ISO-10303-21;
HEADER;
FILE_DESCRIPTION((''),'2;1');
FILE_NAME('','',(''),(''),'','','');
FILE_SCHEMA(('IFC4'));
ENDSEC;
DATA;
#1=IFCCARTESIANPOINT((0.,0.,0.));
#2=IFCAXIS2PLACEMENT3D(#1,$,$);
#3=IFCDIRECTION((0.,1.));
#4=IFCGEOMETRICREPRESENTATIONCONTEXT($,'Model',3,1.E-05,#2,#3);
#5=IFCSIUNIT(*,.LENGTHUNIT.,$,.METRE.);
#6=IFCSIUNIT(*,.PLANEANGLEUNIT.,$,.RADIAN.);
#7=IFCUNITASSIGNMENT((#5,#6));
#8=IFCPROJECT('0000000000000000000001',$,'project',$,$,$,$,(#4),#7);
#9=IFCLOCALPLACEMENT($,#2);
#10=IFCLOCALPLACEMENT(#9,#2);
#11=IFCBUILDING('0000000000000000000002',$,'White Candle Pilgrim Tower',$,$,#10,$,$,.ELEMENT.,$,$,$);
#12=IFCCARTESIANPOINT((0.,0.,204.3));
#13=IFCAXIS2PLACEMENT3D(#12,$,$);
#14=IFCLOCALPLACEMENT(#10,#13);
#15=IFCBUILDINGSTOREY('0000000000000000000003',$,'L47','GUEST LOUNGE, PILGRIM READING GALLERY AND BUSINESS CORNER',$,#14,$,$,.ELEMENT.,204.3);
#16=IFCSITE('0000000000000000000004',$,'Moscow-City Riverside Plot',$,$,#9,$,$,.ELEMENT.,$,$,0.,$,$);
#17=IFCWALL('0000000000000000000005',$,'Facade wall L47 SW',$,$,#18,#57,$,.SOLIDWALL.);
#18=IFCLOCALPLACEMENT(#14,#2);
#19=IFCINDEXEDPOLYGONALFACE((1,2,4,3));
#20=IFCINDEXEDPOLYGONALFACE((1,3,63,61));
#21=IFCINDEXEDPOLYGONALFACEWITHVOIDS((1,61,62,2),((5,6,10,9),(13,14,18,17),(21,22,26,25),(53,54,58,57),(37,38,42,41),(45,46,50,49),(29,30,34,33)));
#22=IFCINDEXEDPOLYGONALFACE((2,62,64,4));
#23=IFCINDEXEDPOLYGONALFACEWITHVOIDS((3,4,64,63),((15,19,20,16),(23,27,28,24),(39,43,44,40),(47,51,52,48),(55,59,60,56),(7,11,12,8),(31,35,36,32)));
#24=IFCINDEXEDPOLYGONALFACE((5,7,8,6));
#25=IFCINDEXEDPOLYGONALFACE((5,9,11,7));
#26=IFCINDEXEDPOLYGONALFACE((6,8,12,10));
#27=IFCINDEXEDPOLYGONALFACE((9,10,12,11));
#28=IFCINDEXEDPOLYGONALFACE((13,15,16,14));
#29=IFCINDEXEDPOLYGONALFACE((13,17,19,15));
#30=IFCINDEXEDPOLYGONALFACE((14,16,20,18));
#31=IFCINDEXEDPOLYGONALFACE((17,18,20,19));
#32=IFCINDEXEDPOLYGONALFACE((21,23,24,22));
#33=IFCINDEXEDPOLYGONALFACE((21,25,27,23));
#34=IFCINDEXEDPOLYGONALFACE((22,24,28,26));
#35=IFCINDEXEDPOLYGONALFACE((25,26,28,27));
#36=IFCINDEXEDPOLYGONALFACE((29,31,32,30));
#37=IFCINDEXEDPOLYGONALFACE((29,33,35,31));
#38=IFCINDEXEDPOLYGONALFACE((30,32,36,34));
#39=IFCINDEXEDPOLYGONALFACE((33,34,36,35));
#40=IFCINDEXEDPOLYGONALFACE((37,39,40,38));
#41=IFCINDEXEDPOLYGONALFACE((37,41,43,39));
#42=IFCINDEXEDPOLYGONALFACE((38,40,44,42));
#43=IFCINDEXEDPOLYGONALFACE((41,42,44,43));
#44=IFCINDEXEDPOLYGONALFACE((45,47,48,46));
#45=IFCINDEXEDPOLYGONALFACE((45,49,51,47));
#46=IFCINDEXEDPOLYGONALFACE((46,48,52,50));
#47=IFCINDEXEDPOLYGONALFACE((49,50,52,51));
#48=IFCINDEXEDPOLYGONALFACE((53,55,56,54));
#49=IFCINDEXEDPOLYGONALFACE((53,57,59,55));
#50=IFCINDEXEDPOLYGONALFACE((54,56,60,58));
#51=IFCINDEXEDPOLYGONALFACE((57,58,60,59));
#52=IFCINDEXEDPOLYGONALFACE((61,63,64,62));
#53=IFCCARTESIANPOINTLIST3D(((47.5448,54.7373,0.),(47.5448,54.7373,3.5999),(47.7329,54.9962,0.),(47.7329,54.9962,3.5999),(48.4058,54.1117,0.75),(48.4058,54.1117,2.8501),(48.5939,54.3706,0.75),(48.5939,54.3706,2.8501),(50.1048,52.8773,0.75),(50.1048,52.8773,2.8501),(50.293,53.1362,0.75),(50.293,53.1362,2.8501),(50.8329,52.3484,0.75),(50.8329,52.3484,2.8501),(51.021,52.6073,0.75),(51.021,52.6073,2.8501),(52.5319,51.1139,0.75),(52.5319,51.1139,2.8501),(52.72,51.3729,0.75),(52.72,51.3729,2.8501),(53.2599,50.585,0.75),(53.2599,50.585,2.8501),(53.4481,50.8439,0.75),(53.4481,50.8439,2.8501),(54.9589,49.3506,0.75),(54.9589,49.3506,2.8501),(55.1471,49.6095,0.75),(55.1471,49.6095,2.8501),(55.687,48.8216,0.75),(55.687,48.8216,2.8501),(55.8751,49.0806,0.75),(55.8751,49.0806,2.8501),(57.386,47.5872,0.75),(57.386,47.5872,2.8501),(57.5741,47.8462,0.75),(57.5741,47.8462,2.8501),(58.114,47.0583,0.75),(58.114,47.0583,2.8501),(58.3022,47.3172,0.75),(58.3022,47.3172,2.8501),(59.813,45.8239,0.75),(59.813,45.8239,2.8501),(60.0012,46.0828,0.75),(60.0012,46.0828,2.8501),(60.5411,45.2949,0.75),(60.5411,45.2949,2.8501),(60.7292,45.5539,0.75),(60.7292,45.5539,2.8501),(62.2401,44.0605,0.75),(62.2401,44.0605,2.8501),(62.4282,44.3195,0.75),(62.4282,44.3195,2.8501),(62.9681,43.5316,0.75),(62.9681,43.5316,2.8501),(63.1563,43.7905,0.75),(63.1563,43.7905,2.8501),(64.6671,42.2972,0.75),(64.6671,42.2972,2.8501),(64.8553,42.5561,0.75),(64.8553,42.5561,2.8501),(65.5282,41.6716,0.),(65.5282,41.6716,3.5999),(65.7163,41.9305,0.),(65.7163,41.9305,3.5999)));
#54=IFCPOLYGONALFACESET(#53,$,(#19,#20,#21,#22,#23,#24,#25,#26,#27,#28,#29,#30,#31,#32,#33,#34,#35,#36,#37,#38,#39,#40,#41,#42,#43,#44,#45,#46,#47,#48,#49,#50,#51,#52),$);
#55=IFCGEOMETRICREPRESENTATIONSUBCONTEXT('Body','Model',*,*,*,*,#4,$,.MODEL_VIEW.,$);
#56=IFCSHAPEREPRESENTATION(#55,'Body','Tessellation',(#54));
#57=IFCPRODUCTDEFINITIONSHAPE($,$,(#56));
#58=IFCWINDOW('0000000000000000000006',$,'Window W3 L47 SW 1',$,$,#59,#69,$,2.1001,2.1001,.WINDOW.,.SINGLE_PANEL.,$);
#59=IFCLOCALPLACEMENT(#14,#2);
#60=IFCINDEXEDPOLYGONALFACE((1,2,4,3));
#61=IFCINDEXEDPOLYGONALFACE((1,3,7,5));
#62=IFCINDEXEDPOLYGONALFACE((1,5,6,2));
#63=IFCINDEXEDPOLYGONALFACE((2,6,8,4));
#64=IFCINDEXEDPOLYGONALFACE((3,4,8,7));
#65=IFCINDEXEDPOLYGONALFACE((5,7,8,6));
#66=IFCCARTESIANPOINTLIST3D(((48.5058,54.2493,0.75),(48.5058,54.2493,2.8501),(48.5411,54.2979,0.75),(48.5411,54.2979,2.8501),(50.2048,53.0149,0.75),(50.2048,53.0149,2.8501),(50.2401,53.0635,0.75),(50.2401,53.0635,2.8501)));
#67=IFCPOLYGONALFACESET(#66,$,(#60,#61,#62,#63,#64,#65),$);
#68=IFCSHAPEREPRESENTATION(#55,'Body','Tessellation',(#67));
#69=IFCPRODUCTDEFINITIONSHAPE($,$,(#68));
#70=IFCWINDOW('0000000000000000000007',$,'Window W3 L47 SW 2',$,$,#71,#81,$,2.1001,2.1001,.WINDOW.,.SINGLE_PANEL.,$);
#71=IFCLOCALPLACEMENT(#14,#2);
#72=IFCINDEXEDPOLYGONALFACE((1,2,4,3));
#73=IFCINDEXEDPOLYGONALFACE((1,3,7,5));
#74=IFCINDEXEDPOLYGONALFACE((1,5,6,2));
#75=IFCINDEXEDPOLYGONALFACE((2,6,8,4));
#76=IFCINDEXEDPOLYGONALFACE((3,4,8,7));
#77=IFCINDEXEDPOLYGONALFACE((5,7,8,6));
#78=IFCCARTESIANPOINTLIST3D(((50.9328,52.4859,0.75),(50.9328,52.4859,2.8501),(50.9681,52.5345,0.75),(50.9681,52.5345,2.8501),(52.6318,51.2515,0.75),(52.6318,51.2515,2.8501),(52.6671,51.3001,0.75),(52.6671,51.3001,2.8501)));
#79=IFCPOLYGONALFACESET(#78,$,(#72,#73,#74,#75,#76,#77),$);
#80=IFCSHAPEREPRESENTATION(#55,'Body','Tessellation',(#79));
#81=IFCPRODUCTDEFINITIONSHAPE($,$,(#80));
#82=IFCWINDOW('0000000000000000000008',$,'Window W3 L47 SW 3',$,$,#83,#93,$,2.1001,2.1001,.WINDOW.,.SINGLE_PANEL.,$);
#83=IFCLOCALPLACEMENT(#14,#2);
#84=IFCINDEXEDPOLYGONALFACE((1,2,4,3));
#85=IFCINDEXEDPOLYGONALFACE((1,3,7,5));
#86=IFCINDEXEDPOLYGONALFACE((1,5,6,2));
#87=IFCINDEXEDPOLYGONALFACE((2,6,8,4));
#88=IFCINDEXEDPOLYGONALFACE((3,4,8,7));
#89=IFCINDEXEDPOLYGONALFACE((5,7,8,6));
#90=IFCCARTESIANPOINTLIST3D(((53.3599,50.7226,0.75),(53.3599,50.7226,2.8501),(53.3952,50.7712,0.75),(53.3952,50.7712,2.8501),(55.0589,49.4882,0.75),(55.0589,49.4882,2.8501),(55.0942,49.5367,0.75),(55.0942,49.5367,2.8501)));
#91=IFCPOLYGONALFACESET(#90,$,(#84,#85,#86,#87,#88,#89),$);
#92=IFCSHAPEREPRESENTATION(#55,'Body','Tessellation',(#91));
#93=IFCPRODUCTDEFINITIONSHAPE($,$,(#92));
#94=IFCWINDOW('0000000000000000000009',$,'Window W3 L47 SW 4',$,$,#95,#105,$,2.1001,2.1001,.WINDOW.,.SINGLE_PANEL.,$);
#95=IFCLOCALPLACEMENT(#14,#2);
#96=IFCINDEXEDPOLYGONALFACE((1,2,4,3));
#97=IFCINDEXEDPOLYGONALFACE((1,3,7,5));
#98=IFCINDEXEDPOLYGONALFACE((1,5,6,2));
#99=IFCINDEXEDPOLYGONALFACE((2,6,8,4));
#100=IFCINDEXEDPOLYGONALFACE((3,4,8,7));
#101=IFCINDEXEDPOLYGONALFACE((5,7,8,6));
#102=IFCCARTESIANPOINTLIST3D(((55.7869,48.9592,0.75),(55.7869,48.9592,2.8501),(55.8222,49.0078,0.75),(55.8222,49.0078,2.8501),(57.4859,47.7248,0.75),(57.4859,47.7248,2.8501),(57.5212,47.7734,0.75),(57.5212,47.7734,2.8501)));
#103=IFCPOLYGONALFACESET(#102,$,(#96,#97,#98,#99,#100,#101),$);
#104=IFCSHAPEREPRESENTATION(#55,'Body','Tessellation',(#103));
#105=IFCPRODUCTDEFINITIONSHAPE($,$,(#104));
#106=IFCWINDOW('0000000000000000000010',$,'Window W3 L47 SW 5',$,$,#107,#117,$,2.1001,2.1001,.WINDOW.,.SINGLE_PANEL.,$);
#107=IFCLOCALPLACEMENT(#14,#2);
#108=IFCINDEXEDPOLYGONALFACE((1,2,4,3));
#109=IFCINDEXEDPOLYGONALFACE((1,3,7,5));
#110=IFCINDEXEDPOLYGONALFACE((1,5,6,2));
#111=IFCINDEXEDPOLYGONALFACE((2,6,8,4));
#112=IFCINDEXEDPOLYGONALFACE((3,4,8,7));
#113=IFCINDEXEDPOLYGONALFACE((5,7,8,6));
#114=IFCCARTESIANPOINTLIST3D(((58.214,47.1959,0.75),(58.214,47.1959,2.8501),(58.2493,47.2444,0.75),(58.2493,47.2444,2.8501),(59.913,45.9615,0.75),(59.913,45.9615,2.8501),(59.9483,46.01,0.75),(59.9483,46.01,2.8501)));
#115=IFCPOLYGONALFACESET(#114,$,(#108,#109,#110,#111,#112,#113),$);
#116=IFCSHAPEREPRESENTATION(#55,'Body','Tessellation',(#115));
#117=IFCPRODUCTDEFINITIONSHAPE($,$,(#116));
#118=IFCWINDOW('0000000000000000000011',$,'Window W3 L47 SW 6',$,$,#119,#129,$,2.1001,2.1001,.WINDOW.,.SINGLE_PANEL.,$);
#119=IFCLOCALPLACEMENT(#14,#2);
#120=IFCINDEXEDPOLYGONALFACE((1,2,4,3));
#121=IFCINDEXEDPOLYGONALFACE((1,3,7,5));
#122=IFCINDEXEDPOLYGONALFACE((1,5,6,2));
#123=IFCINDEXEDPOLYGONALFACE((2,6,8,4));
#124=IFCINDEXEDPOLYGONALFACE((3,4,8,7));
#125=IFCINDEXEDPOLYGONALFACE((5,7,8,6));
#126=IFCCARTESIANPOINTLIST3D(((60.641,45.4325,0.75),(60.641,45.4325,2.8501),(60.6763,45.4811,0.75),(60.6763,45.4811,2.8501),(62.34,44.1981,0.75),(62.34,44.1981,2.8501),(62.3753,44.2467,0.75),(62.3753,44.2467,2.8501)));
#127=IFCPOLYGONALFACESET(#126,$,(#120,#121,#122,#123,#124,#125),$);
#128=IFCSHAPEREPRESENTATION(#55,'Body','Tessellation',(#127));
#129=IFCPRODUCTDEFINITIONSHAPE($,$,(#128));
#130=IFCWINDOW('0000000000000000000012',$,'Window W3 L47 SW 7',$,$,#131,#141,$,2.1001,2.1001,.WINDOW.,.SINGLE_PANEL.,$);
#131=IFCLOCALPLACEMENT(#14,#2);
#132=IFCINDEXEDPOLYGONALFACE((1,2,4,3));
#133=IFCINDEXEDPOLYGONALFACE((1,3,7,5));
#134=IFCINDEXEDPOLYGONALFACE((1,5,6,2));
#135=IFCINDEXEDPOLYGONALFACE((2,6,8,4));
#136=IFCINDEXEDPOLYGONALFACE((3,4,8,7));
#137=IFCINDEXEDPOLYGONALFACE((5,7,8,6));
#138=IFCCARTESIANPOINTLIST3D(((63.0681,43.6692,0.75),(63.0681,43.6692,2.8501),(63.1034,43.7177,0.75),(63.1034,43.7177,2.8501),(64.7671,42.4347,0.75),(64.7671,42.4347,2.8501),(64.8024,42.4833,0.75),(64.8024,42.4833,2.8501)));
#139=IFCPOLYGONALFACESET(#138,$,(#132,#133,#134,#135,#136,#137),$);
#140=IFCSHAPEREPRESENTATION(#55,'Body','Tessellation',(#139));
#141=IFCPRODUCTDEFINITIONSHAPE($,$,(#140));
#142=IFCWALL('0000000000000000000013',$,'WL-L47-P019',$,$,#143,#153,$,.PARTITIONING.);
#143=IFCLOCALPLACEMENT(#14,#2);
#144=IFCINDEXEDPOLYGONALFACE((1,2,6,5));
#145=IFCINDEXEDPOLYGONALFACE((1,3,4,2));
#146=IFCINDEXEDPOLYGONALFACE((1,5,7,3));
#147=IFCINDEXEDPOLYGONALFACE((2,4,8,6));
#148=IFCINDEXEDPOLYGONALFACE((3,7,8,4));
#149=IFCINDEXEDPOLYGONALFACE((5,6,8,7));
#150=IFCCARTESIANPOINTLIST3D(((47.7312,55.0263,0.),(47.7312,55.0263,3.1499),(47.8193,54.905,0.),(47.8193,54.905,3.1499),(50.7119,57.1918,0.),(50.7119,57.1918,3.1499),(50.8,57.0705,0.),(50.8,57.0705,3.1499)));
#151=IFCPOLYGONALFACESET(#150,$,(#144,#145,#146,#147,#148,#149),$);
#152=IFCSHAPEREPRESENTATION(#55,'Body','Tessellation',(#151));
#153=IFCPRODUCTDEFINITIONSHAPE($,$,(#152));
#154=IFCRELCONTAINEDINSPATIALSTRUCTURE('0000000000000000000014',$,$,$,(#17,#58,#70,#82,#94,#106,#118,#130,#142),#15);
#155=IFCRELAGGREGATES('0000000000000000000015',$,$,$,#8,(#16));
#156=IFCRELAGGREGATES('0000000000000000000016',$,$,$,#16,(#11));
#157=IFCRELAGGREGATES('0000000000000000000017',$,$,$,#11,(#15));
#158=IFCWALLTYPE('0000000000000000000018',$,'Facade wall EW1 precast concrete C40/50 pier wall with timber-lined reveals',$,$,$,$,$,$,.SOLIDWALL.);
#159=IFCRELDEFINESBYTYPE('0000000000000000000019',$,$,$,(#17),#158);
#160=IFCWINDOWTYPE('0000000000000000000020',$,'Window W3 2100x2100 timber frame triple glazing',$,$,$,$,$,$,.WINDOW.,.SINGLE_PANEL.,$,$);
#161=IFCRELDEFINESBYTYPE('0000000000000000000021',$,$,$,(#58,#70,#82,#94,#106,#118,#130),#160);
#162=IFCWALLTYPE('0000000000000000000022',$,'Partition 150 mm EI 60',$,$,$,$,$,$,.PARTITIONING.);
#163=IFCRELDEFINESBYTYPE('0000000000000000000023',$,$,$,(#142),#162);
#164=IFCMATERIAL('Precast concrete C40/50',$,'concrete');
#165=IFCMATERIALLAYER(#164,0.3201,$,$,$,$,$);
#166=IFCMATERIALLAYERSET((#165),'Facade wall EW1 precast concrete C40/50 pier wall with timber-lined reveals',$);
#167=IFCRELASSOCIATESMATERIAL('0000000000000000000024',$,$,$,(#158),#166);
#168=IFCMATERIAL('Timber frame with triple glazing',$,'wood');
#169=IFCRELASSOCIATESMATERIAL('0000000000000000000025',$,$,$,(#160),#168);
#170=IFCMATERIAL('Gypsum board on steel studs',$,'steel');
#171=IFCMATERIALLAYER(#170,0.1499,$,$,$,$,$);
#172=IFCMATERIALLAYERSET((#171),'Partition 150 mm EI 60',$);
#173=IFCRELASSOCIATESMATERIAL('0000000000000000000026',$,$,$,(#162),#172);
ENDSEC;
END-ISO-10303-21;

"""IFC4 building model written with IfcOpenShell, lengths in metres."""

from ifc_helpers import new_model, si_unit, direction, frame, frame_2d, origin, place, context, subcontext, project, spatial, rectangle, extrude, material, layer, layer_set, type_object, element, fill, save


model = new_model("IFC4")

# Units and contexts
model_context = context("Model", 3, precision=1e-05, world=origin(), true_north=direction((0.0, 1.0)))
body_context = subcontext(model_context, "Body", "Model", "MODEL_VIEW")
ifc_project = project(units=[si_unit("LENGTHUNIT", "METRE"), si_unit("PLANEANGLEUNIT", "RADIAN")], contexts=[model_context])

# Site, building, storey
site_placement = place(None, origin())
site = spatial("IfcSite", under=ifc_project, at=site_placement, Name="Moscow-City Riverside Plot", CompositionType="ELEMENT", RefElevation=0.0)
building_placement = place(site_placement, origin())
building = spatial("IfcBuilding", under=site, at=building_placement, Name="White Candle Pilgrim Tower", CompositionType="ELEMENT")
storey_placement = place(building_placement, frame((0.0, 0.0, 204.3)))
storey = spatial("IfcBuildingStorey", under=building, at=storey_placement, Name="L47", Description="GUEST LOUNGE, PILGRIM READING GALLERY AND BUSINESS CORNER", CompositionType="ELEMENT", Elevation=204.3)

# Shared definitions
ifc_material_1 = material(Name="Gypsum board on steel studs", Category="steel")

# Wall, openings, windows
ifc_material_2 = material(Name="Precast concrete C40/50", Category="concrete")
ifc_layer_1 = layer(ifc_material_2, 0.3201)
ifc_layer_set_1 = layer_set([ifc_layer_1], Name="Facade wall EW1 precast concrete C40/50 pier wall with timber-lined reveals")
wall_type_1 = type_object("IfcWallType", Name="Facade wall EW1 precast concrete C40/50 pier wall with timber-lined reveals", PredefinedType="SOLIDWALL", material=ifc_layer_set_1)
wall_1_placement = place(storey_placement, frame((47.6389, 54.8667, 0.0), z_axis=(0.0, 0.0, 1.0), x_axis=(0.809018, -0.587784, 0.0)))
wall_1 = element("IfcWall", 1, at=wall_1_placement, inside=storey, type_object=wall_type_1, Name="Facade wall L47 SW", PredefinedType="SOLIDWALL", context=body_context, shape_type="SweptSolid", body=[
    extrude(rectangle(XDim=22.2288, YDim=0.3201, at=frame_2d((11.1143, 0.0))), origin(), (0.0, 0.0, 1.0), 3.5999),
])
opening_1_placement = place(wall_1_placement, frame((1.0642, 0.0, 0.75)))
opening_1 = element("IfcOpeningElement", 2, at=opening_1_placement, cuts=wall_1, PredefinedType="OPENING", context=body_context, shape_type="SweptSolid", body=[
    extrude(rectangle(XDim=2.1001, YDim=2.1001, at=frame_2d((1.05, 1.05))), frame((0.0, 0.1699, 0.0), z_axis=(0.0, -1.0, 0.0), x_axis=(1.0, 0.0, 0.0)), (0.0, 0.0, 1.0), 0.3401),
])
opening_2_placement = place(wall_1_placement, frame((4.0642, 0.0, 0.75)))
opening_2 = element("IfcOpeningElement", 3, at=opening_2_placement, cuts=wall_1, PredefinedType="OPENING", context=body_context, shape_type="SweptSolid", body=[
    extrude(rectangle(XDim=2.1001, YDim=2.1001, at=frame_2d((1.05, 1.05))), frame((0.0, 0.1699, 0.0), z_axis=(0.0, -1.0, 0.0), x_axis=(1.0, 0.0, 0.0)), (0.0, 0.0, 1.0), 0.3401),
])
opening_3_placement = place(wall_1_placement, frame((7.0642, 0.0, 0.75)))
opening_3 = element("IfcOpeningElement", 4, at=opening_3_placement, cuts=wall_1, PredefinedType="OPENING", context=body_context, shape_type="SweptSolid", body=[
    extrude(rectangle(XDim=2.1001, YDim=2.1001, at=frame_2d((1.05, 1.05))), frame((0.0, 0.1699, 0.0), z_axis=(0.0, -1.0, 0.0), x_axis=(1.0, 0.0, 0.0)), (0.0, 0.0, 1.0), 0.3401),
])
opening_4_placement = place(wall_1_placement, frame((10.0642, 0.0, 0.75)))
opening_4 = element("IfcOpeningElement", 5, at=opening_4_placement, cuts=wall_1, PredefinedType="OPENING", context=body_context, shape_type="SweptSolid", body=[
    extrude(rectangle(XDim=2.1001, YDim=2.1001, at=frame_2d((1.05, 1.05))), frame((0.0, 0.1699, 0.0), z_axis=(0.0, -1.0, 0.0), x_axis=(1.0, 0.0, 0.0)), (0.0, 0.0, 1.0), 0.3401),
])
opening_5_placement = place(wall_1_placement, frame((13.0642, 0.0, 0.75)))
opening_5 = element("IfcOpeningElement", 6, at=opening_5_placement, cuts=wall_1, PredefinedType="OPENING", context=body_context, shape_type="SweptSolid", body=[
    extrude(rectangle(XDim=2.1001, YDim=2.1001, at=frame_2d((1.05, 1.05))), frame((0.0, 0.1699, 0.0), z_axis=(0.0, -1.0, 0.0), x_axis=(1.0, 0.0, 0.0)), (0.0, 0.0, 1.0), 0.3401),
])
opening_6_placement = place(wall_1_placement, frame((16.0642, 0.0, 0.75)))
opening_6 = element("IfcOpeningElement", 7, at=opening_6_placement, cuts=wall_1, PredefinedType="OPENING", context=body_context, shape_type="SweptSolid", body=[
    extrude(rectangle(XDim=2.1001, YDim=2.1001, at=frame_2d((1.05, 1.05))), frame((0.0, 0.1699, 0.0), z_axis=(0.0, -1.0, 0.0), x_axis=(1.0, 0.0, 0.0)), (0.0, 0.0, 1.0), 0.3401),
])
opening_7_placement = place(wall_1_placement, frame((19.0642, 0.0, 0.75)))
opening_7 = element("IfcOpeningElement", 8, at=opening_7_placement, cuts=wall_1, PredefinedType="OPENING", context=body_context, shape_type="SweptSolid", body=[
    extrude(rectangle(XDim=2.1001, YDim=2.1001, at=frame_2d((1.05, 1.05))), frame((0.0, 0.1699, 0.0), z_axis=(0.0, -1.0, 0.0), x_axis=(1.0, 0.0, 0.0)), (0.0, 0.0, 1.0), 0.3401),
])
ifc_material_3 = material(Name="Timber frame with triple glazing", Category="wood")
window_type = type_object("IfcWindowType", Name="Window W3 2100x2100 timber frame triple glazing", PartitioningType="SINGLE_PANEL", PredefinedType="WINDOW", material=ifc_material_3)
window_1_placement = place(opening_1_placement, origin())
window_1 = element("IfcWindow", 9, at=window_1_placement, inside=storey, type_object=window_type, Name="Window W3 L47 SW 1", OverallHeight=2.1001, OverallWidth=2.1001, PartitioningType="SINGLE_PANEL", PredefinedType="WINDOW", context=body_context, shape_type="SweptSolid", body=[
    extrude(rectangle(XDim=2.1001, YDim=2.1001, at=frame_2d((1.05, 1.05))), frame((0.0, 0.0701, 0.0), z_axis=(0.0, -1.0, 0.0), x_axis=(1.0, 0.0, 0.0)), (0.0, 0.0, 1.0), 0.0601),
])
fill(opening_1, window_1)
window_2_placement = place(opening_2_placement, origin())
window_2 = element("IfcWindow", 10, at=window_2_placement, inside=storey, type_object=window_type, Name="Window W3 L47 SW 2", OverallHeight=2.1001, OverallWidth=2.1001, PartitioningType="SINGLE_PANEL", PredefinedType="WINDOW", context=body_context, shape_type="SweptSolid", body=[
    extrude(rectangle(XDim=2.1001, YDim=2.1001, at=frame_2d((1.05, 1.05))), frame((0.0, 0.0701, 0.0), z_axis=(0.0, -1.0, 0.0), x_axis=(1.0, 0.0, 0.0)), (0.0, 0.0, 1.0), 0.0601),
])
fill(opening_2, window_2)
window_3_placement = place(opening_3_placement, origin())
window_3 = element("IfcWindow", 11, at=window_3_placement, inside=storey, type_object=window_type, Name="Window W3 L47 SW 3", OverallHeight=2.1001, OverallWidth=2.1001, PartitioningType="SINGLE_PANEL", PredefinedType="WINDOW", context=body_context, shape_type="SweptSolid", body=[
    extrude(rectangle(XDim=2.1001, YDim=2.1001, at=frame_2d((1.05, 1.05))), frame((0.0, 0.0701, 0.0), z_axis=(0.0, -1.0, 0.0), x_axis=(1.0, 0.0, 0.0)), (0.0, 0.0, 1.0), 0.0601),
])
fill(opening_3, window_3)
window_4_placement = place(opening_4_placement, origin())
window_4 = element("IfcWindow", 12, at=window_4_placement, inside=storey, type_object=window_type, Name="Window W3 L47 SW 4", OverallHeight=2.1001, OverallWidth=2.1001, PartitioningType="SINGLE_PANEL", PredefinedType="WINDOW", context=body_context, shape_type="SweptSolid", body=[
    extrude(rectangle(XDim=2.1001, YDim=2.1001, at=frame_2d((1.05, 1.05))), frame((0.0, 0.0701, 0.0), z_axis=(0.0, -1.0, 0.0), x_axis=(1.0, 0.0, 0.0)), (0.0, 0.0, 1.0), 0.0601),
])
fill(opening_4, window_4)
window_5_placement = place(opening_5_placement, origin())
window_5 = element("IfcWindow", 13, at=window_5_placement, inside=storey, type_object=window_type, Name="Window W3 L47 SW 5", OverallHeight=2.1001, OverallWidth=2.1001, PartitioningType="SINGLE_PANEL", PredefinedType="WINDOW", context=body_context, shape_type="SweptSolid", body=[
    extrude(rectangle(XDim=2.1001, YDim=2.1001, at=frame_2d((1.05, 1.05))), frame((0.0, 0.0701, 0.0), z_axis=(0.0, -1.0, 0.0), x_axis=(1.0, 0.0, 0.0)), (0.0, 0.0, 1.0), 0.0601),
])
fill(opening_5, window_5)
window_6_placement = place(opening_6_placement, origin())
window_6 = element("IfcWindow", 14, at=window_6_placement, inside=storey, type_object=window_type, Name="Window W3 L47 SW 6", OverallHeight=2.1001, OverallWidth=2.1001, PartitioningType="SINGLE_PANEL", PredefinedType="WINDOW", context=body_context, shape_type="SweptSolid", body=[
    extrude(rectangle(XDim=2.1001, YDim=2.1001, at=frame_2d((1.05, 1.05))), frame((0.0, 0.0701, 0.0), z_axis=(0.0, -1.0, 0.0), x_axis=(1.0, 0.0, 0.0)), (0.0, 0.0, 1.0), 0.0601),
])
fill(opening_6, window_6)
window_7_placement = place(opening_7_placement, origin())
window_7 = element("IfcWindow", 15, at=window_7_placement, inside=storey, type_object=window_type, Name="Window W3 L47 SW 7", OverallHeight=2.1001, OverallWidth=2.1001, PartitioningType="SINGLE_PANEL", PredefinedType="WINDOW", context=body_context, shape_type="SweptSolid", body=[
    extrude(rectangle(XDim=2.1001, YDim=2.1001, at=frame_2d((1.05, 1.05))), frame((0.0, 0.0701, 0.0), z_axis=(0.0, -1.0, 0.0), x_axis=(1.0, 0.0, 0.0)), (0.0, 0.0, 1.0), 0.0601),
])
fill(opening_7, window_7)

# Wall
ifc_layer_2 = layer(ifc_material_1, 0.1499)
ifc_layer_set_2 = layer_set([ifc_layer_2], Name="Partition 150 mm EI 60")
wall_type_2 = type_object("IfcWallType", Name="Partition 150 mm EI 60", PredefinedType="PARTITIONING", material=ifc_layer_set_2)
wall_2_placement = place(storey_placement, frame((47.7751, 54.9656, 0.0), z_axis=(0.0, 0.0, 1.0), x_axis=(0.809028, 0.58777, 0.0)))
element("IfcWall", 16, at=wall_2_placement, inside=storey, type_object=wall_type_2, Name="WL-L47-P019", PredefinedType="PARTITIONING", context=body_context, shape_type="SweptSolid", body=[
    extrude(rectangle(XDim=3.6843, YDim=0.1499, at=frame_2d((1.8423, 0.0))), origin(), (0.0, 0.0, 1.0), 3.1499),
])

save(model, "model.ifc")
